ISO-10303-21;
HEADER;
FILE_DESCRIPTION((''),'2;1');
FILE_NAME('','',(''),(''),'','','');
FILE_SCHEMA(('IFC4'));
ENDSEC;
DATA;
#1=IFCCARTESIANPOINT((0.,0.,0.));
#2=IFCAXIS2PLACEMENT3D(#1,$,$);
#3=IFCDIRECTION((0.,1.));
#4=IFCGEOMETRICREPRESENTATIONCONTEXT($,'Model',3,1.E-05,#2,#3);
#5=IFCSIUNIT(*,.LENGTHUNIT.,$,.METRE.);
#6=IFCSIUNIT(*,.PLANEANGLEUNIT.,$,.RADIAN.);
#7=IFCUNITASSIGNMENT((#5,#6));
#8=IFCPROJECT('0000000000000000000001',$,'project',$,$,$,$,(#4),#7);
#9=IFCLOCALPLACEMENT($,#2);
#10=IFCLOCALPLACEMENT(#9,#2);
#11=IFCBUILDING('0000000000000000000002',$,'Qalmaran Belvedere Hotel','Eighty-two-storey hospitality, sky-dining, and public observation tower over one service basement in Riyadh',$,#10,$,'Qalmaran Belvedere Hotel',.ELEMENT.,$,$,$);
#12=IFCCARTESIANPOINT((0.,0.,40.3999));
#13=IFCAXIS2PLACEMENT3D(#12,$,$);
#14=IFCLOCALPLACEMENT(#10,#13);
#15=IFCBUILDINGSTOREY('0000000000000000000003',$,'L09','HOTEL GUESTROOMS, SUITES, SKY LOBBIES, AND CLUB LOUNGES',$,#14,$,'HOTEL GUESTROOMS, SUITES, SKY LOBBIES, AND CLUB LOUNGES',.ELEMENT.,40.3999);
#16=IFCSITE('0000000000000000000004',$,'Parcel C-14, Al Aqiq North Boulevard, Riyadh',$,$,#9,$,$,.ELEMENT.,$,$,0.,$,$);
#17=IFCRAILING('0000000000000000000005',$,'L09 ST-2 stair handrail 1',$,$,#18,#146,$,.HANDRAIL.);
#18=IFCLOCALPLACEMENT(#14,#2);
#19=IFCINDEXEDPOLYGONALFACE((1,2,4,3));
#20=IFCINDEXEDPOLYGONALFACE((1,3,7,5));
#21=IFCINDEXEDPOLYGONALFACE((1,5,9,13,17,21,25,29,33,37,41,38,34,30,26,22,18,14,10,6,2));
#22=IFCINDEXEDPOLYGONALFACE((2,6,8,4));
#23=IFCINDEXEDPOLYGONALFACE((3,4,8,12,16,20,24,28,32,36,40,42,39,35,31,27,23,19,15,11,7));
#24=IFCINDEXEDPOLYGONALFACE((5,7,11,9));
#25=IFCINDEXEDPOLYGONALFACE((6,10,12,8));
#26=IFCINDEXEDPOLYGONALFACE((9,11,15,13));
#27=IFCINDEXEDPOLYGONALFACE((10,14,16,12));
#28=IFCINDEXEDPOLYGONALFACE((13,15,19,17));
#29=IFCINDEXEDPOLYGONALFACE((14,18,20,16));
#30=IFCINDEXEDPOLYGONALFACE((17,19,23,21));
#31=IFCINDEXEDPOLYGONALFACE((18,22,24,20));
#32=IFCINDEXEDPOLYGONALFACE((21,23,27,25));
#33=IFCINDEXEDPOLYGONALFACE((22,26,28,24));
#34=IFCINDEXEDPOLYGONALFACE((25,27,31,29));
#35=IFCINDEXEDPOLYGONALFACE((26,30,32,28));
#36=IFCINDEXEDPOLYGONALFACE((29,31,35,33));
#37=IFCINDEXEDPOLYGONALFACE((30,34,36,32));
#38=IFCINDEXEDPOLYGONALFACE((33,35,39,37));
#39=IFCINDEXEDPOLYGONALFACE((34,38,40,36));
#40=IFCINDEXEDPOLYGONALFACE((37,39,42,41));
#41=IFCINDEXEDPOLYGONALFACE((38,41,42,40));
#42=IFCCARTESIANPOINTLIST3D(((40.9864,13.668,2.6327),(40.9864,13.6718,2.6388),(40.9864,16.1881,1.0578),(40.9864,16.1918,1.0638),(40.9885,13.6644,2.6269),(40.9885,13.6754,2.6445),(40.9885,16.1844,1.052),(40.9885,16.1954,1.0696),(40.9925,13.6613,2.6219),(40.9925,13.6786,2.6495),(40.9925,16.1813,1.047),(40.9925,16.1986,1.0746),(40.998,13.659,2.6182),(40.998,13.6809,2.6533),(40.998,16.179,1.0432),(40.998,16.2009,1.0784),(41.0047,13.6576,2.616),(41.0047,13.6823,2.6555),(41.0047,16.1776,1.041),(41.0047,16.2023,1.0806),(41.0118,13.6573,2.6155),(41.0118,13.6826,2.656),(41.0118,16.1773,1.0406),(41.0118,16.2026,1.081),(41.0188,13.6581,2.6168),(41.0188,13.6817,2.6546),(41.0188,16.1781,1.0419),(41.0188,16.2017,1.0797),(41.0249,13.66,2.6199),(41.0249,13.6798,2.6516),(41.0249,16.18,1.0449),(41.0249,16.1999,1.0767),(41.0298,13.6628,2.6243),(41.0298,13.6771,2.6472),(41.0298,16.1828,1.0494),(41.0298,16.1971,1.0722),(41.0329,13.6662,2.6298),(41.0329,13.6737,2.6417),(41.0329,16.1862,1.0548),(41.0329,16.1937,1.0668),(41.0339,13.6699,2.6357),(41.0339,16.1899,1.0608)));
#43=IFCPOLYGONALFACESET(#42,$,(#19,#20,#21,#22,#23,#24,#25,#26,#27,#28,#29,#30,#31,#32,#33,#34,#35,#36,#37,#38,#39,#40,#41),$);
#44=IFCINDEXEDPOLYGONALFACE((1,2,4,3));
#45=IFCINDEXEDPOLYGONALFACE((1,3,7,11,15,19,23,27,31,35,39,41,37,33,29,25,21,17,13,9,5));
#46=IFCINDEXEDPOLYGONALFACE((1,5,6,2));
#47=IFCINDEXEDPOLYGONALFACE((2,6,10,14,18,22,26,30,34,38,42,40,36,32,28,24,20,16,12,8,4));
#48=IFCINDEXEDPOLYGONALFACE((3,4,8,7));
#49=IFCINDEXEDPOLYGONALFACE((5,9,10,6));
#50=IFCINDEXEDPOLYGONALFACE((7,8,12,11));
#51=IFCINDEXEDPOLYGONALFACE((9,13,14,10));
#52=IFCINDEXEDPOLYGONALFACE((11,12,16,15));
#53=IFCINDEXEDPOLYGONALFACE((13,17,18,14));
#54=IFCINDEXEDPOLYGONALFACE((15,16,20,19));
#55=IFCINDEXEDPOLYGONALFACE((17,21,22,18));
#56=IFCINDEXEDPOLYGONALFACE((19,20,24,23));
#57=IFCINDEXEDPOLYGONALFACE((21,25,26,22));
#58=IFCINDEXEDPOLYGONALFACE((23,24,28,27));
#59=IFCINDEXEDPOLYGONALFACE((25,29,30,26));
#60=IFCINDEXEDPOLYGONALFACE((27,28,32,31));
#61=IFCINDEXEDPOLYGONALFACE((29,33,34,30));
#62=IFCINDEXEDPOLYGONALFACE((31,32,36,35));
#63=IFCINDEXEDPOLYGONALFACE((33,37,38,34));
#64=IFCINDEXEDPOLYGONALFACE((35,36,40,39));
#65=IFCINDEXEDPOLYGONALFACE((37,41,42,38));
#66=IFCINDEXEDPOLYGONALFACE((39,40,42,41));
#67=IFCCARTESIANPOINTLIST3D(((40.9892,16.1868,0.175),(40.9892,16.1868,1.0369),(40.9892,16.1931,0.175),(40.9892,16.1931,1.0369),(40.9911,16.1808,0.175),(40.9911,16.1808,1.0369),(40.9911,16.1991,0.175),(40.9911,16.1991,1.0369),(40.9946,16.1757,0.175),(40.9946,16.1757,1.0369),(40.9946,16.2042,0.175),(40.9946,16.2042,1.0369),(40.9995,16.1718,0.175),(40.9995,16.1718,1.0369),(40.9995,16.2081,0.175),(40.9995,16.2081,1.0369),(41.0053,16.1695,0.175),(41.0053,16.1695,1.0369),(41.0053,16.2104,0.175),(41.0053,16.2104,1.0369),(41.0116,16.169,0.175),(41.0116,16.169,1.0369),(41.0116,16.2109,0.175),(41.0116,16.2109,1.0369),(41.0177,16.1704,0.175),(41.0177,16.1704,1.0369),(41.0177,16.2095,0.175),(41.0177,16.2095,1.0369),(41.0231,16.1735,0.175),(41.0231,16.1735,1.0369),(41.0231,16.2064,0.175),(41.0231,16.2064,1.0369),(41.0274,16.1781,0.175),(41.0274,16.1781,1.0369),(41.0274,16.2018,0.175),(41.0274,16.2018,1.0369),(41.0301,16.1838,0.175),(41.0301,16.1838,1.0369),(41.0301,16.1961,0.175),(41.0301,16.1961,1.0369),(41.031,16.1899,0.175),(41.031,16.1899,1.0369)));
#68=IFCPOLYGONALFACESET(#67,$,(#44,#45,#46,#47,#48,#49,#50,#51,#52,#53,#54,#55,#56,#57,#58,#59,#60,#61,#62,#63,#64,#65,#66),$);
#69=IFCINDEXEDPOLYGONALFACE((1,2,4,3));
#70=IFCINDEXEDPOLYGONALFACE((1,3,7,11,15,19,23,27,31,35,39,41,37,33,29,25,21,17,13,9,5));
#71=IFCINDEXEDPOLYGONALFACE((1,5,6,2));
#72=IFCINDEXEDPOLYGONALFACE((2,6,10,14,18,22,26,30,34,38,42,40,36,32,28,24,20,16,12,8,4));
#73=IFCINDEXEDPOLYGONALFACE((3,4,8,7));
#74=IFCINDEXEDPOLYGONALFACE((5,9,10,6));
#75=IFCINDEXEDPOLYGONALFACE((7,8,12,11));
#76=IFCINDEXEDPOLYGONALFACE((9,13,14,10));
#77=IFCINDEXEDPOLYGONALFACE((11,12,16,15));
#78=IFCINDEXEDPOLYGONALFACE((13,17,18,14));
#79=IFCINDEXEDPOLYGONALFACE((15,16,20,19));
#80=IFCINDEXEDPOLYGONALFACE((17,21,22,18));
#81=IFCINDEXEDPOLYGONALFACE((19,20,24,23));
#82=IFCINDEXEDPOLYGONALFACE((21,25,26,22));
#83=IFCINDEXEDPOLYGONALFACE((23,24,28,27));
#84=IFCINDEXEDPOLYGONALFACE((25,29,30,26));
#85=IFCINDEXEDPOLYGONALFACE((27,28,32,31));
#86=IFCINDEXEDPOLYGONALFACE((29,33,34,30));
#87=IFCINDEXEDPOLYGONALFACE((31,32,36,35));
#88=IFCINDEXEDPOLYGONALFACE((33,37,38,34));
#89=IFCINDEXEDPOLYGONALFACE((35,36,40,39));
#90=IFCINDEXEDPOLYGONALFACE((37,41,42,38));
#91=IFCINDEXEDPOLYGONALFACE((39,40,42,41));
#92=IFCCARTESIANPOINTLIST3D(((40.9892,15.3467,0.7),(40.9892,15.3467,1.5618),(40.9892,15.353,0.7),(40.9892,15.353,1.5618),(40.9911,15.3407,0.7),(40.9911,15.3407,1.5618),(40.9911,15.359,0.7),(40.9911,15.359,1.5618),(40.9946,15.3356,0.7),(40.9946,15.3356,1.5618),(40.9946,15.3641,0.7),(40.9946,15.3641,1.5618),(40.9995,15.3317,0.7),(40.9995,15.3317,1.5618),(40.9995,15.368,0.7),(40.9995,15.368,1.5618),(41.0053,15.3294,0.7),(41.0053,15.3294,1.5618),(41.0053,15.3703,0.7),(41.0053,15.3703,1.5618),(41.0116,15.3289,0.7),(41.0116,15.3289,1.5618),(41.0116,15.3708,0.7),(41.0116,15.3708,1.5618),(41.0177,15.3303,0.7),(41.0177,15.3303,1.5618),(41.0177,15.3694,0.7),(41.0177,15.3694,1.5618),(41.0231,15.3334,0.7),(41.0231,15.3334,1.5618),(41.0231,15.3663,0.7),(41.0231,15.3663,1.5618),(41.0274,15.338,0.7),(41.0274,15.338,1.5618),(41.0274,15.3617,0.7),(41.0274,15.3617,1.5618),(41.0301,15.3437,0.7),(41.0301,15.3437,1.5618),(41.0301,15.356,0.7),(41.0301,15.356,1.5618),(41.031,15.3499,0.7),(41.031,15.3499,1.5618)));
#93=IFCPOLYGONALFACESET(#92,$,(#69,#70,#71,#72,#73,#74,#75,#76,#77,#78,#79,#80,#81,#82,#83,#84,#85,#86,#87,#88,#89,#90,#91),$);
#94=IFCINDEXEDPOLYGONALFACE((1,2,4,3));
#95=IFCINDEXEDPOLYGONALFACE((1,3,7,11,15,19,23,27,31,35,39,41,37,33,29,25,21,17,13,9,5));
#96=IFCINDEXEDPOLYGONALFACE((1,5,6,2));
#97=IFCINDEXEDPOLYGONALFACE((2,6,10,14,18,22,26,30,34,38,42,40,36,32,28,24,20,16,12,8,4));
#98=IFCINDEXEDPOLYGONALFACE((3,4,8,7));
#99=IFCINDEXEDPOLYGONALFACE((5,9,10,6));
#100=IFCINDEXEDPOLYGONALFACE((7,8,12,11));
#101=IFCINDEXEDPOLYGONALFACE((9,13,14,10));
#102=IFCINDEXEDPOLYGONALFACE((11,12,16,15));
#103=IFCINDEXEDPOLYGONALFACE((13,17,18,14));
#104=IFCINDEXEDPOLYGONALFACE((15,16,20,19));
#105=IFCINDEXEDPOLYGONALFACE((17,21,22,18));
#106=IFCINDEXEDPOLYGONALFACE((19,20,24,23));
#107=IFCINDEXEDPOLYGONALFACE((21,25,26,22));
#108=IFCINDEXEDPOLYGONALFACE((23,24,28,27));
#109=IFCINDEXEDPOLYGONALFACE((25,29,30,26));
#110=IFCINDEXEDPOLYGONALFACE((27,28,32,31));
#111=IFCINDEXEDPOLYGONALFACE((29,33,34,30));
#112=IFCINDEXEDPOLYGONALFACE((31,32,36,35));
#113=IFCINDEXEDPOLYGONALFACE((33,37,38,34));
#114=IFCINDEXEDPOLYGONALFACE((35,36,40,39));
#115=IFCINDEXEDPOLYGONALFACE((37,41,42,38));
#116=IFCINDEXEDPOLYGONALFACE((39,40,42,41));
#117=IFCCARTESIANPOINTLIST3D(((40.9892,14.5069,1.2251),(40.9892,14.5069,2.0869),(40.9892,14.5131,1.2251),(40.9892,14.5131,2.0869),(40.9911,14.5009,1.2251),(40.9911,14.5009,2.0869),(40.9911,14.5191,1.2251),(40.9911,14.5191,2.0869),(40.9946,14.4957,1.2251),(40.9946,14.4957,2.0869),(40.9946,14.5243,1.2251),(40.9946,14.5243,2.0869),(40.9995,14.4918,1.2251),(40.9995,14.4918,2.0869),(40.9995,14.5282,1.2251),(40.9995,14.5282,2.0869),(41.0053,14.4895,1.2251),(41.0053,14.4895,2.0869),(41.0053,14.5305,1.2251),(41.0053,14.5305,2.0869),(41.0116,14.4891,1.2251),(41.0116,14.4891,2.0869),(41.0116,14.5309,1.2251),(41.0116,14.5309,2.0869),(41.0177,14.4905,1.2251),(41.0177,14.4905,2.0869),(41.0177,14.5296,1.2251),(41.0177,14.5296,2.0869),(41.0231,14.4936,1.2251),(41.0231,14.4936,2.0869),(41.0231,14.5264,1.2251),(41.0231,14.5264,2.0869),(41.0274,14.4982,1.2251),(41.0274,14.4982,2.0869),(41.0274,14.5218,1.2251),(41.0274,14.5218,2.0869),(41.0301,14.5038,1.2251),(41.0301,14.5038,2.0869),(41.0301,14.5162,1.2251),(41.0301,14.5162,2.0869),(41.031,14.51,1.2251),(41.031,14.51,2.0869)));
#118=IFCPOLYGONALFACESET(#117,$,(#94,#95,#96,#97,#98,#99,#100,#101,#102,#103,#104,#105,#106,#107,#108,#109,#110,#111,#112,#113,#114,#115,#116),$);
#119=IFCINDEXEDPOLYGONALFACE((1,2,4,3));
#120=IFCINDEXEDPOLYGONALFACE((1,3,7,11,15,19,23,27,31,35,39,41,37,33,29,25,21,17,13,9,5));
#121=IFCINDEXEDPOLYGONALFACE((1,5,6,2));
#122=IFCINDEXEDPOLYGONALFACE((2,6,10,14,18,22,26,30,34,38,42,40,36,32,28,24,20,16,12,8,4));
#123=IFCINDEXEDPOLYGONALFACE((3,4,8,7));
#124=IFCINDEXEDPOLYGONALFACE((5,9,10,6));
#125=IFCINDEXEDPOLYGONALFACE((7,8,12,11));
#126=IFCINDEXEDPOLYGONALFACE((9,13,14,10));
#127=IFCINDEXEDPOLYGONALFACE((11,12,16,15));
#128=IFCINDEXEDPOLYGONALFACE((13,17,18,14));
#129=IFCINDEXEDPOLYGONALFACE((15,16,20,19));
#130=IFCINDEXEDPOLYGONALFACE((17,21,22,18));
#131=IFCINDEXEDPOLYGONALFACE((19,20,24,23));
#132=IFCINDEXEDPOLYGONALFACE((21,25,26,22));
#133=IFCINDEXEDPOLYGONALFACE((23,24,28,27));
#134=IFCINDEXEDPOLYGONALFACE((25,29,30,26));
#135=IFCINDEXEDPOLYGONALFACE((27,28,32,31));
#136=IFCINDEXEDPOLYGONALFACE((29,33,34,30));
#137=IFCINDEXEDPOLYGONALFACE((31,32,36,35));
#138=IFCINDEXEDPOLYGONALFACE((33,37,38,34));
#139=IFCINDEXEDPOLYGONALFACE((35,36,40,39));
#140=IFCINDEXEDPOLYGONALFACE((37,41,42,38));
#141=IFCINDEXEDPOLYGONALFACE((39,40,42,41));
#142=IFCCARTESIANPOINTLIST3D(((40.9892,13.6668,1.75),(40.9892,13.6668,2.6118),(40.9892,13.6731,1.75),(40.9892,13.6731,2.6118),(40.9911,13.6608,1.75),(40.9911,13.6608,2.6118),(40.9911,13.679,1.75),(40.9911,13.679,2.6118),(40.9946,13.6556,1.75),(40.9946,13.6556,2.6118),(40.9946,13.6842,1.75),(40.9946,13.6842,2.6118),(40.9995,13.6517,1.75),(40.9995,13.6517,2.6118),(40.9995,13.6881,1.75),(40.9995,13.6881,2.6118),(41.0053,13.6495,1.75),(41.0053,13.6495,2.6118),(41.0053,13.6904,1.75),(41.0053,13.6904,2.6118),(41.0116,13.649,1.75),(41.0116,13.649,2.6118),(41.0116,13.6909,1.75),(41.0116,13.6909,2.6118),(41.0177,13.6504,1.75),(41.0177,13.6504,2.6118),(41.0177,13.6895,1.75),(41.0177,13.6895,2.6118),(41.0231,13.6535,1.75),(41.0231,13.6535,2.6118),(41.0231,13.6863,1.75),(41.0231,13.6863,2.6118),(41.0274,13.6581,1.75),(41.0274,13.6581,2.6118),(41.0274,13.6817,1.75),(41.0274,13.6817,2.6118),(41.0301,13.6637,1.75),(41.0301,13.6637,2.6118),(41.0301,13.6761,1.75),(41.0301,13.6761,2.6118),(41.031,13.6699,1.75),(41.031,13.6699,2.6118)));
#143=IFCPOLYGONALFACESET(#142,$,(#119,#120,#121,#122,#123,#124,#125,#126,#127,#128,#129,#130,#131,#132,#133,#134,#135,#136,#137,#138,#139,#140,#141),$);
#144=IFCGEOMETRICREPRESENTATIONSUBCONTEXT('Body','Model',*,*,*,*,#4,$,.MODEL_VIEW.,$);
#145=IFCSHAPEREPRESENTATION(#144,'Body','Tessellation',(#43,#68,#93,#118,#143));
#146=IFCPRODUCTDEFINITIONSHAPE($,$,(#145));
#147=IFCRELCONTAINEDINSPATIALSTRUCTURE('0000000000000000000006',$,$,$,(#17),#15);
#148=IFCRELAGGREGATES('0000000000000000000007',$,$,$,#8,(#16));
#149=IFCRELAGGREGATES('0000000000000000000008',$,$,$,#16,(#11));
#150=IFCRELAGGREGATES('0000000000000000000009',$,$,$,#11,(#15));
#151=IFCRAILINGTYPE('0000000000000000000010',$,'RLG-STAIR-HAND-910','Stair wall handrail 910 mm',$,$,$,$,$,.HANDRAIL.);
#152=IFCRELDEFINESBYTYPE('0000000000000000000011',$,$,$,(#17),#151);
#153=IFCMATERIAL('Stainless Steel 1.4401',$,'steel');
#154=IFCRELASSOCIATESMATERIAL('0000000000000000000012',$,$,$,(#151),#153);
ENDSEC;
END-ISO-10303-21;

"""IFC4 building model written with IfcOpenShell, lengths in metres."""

from ifc_helpers import new_model, si_unit, direction, frame, origin, origin_2d, place, context, subcontext, project, spatial, circle, extrude, material, type_object, element, save


model = new_model("IFC4")

# Units and contexts
model_context = context("Model", 3, precision=1e-05, world=origin(), true_north=direction((0.0, 1.0)))
body_context = subcontext(model_context, "Body", "Model", "MODEL_VIEW")
ifc_project = project(units=[si_unit("LENGTHUNIT", "METRE"), si_unit("PLANEANGLEUNIT", "RADIAN")], contexts=[model_context])

# Site, building, storey
site_placement = place(None, origin())
site = spatial("IfcSite", under=ifc_project, at=site_placement, Name="Parcel C-14, Al Aqiq North Boulevard, Riyadh", CompositionType="ELEMENT", RefElevation=0.0)
building_placement = place(site_placement, origin())
building = spatial("IfcBuilding", under=site, at=building_placement, Name="Qalmaran Belvedere Hotel", Description="Eighty-two-storey hospitality, sky-dining, and public observation tower over one service basement in Riyadh", LongName="Qalmaran Belvedere Hotel", CompositionType="ELEMENT")
storey_placement = place(building_placement, frame((0.0, 0.0, 40.3999)))
storey = spatial("IfcBuildingStorey", under=building, at=storey_placement, Name="L09", Description="HOTEL GUESTROOMS, SUITES, SKY LOBBIES, AND CLUB LOUNGES", LongName="HOTEL GUESTROOMS, SUITES, SKY LOBBIES, AND CLUB LOUNGES", CompositionType="ELEMENT", Elevation=40.3999)

# Shared definitions
ifc_material_1 = material(Name="Stainless Steel 1.4401", Category="steel")

# Railing
railing_type_1 = type_object("IfcRailingType", Name="RLG-STAIR-HAND-910", Description="Stair wall handrail 910 mm", PredefinedType="HANDRAIL", material=ifc_material_1)
railing_1_placement = place(storey_placement, frame((41.01, 16.1899, 0.175)))
element("IfcRailing", 1, at=railing_1_placement, inside=storey, type_object=railing_type_1, Name="L09 ST-2 stair handrail 1", PredefinedType="HANDRAIL", context=body_context, shape_type="SweptSolid", body=[
    extrude(circle(Radius=0.0239, at=origin_2d()), frame((0.0, 0.0, 0.8857), z_axis=(0.0, -0.848008, 0.529984), x_axis=(1.0, 0.0, 0.0)), (0.0, 0.0, 1.0), 2.9717),
    extrude(circle(Radius=0.021, at=origin_2d()), origin(), (0.0, 0.0, 1.0), 0.8618),
    extrude(circle(Radius=0.021, at=origin_2d()), frame((0.0, -0.8401, 0.5249)), (0.0, 0.0, 1.0), 0.8618),
    extrude(circle(Radius=0.021, at=origin_2d()), frame((0.0, -1.6799, 1.05)), (0.0, 0.0, 1.0), 0.8618),
    extrude(circle(Radius=0.021, at=origin_2d()), frame((0.0, -2.52, 1.575)), (0.0, 0.0, 1.0), 0.8618),
])

save(model, "model.ifc")
